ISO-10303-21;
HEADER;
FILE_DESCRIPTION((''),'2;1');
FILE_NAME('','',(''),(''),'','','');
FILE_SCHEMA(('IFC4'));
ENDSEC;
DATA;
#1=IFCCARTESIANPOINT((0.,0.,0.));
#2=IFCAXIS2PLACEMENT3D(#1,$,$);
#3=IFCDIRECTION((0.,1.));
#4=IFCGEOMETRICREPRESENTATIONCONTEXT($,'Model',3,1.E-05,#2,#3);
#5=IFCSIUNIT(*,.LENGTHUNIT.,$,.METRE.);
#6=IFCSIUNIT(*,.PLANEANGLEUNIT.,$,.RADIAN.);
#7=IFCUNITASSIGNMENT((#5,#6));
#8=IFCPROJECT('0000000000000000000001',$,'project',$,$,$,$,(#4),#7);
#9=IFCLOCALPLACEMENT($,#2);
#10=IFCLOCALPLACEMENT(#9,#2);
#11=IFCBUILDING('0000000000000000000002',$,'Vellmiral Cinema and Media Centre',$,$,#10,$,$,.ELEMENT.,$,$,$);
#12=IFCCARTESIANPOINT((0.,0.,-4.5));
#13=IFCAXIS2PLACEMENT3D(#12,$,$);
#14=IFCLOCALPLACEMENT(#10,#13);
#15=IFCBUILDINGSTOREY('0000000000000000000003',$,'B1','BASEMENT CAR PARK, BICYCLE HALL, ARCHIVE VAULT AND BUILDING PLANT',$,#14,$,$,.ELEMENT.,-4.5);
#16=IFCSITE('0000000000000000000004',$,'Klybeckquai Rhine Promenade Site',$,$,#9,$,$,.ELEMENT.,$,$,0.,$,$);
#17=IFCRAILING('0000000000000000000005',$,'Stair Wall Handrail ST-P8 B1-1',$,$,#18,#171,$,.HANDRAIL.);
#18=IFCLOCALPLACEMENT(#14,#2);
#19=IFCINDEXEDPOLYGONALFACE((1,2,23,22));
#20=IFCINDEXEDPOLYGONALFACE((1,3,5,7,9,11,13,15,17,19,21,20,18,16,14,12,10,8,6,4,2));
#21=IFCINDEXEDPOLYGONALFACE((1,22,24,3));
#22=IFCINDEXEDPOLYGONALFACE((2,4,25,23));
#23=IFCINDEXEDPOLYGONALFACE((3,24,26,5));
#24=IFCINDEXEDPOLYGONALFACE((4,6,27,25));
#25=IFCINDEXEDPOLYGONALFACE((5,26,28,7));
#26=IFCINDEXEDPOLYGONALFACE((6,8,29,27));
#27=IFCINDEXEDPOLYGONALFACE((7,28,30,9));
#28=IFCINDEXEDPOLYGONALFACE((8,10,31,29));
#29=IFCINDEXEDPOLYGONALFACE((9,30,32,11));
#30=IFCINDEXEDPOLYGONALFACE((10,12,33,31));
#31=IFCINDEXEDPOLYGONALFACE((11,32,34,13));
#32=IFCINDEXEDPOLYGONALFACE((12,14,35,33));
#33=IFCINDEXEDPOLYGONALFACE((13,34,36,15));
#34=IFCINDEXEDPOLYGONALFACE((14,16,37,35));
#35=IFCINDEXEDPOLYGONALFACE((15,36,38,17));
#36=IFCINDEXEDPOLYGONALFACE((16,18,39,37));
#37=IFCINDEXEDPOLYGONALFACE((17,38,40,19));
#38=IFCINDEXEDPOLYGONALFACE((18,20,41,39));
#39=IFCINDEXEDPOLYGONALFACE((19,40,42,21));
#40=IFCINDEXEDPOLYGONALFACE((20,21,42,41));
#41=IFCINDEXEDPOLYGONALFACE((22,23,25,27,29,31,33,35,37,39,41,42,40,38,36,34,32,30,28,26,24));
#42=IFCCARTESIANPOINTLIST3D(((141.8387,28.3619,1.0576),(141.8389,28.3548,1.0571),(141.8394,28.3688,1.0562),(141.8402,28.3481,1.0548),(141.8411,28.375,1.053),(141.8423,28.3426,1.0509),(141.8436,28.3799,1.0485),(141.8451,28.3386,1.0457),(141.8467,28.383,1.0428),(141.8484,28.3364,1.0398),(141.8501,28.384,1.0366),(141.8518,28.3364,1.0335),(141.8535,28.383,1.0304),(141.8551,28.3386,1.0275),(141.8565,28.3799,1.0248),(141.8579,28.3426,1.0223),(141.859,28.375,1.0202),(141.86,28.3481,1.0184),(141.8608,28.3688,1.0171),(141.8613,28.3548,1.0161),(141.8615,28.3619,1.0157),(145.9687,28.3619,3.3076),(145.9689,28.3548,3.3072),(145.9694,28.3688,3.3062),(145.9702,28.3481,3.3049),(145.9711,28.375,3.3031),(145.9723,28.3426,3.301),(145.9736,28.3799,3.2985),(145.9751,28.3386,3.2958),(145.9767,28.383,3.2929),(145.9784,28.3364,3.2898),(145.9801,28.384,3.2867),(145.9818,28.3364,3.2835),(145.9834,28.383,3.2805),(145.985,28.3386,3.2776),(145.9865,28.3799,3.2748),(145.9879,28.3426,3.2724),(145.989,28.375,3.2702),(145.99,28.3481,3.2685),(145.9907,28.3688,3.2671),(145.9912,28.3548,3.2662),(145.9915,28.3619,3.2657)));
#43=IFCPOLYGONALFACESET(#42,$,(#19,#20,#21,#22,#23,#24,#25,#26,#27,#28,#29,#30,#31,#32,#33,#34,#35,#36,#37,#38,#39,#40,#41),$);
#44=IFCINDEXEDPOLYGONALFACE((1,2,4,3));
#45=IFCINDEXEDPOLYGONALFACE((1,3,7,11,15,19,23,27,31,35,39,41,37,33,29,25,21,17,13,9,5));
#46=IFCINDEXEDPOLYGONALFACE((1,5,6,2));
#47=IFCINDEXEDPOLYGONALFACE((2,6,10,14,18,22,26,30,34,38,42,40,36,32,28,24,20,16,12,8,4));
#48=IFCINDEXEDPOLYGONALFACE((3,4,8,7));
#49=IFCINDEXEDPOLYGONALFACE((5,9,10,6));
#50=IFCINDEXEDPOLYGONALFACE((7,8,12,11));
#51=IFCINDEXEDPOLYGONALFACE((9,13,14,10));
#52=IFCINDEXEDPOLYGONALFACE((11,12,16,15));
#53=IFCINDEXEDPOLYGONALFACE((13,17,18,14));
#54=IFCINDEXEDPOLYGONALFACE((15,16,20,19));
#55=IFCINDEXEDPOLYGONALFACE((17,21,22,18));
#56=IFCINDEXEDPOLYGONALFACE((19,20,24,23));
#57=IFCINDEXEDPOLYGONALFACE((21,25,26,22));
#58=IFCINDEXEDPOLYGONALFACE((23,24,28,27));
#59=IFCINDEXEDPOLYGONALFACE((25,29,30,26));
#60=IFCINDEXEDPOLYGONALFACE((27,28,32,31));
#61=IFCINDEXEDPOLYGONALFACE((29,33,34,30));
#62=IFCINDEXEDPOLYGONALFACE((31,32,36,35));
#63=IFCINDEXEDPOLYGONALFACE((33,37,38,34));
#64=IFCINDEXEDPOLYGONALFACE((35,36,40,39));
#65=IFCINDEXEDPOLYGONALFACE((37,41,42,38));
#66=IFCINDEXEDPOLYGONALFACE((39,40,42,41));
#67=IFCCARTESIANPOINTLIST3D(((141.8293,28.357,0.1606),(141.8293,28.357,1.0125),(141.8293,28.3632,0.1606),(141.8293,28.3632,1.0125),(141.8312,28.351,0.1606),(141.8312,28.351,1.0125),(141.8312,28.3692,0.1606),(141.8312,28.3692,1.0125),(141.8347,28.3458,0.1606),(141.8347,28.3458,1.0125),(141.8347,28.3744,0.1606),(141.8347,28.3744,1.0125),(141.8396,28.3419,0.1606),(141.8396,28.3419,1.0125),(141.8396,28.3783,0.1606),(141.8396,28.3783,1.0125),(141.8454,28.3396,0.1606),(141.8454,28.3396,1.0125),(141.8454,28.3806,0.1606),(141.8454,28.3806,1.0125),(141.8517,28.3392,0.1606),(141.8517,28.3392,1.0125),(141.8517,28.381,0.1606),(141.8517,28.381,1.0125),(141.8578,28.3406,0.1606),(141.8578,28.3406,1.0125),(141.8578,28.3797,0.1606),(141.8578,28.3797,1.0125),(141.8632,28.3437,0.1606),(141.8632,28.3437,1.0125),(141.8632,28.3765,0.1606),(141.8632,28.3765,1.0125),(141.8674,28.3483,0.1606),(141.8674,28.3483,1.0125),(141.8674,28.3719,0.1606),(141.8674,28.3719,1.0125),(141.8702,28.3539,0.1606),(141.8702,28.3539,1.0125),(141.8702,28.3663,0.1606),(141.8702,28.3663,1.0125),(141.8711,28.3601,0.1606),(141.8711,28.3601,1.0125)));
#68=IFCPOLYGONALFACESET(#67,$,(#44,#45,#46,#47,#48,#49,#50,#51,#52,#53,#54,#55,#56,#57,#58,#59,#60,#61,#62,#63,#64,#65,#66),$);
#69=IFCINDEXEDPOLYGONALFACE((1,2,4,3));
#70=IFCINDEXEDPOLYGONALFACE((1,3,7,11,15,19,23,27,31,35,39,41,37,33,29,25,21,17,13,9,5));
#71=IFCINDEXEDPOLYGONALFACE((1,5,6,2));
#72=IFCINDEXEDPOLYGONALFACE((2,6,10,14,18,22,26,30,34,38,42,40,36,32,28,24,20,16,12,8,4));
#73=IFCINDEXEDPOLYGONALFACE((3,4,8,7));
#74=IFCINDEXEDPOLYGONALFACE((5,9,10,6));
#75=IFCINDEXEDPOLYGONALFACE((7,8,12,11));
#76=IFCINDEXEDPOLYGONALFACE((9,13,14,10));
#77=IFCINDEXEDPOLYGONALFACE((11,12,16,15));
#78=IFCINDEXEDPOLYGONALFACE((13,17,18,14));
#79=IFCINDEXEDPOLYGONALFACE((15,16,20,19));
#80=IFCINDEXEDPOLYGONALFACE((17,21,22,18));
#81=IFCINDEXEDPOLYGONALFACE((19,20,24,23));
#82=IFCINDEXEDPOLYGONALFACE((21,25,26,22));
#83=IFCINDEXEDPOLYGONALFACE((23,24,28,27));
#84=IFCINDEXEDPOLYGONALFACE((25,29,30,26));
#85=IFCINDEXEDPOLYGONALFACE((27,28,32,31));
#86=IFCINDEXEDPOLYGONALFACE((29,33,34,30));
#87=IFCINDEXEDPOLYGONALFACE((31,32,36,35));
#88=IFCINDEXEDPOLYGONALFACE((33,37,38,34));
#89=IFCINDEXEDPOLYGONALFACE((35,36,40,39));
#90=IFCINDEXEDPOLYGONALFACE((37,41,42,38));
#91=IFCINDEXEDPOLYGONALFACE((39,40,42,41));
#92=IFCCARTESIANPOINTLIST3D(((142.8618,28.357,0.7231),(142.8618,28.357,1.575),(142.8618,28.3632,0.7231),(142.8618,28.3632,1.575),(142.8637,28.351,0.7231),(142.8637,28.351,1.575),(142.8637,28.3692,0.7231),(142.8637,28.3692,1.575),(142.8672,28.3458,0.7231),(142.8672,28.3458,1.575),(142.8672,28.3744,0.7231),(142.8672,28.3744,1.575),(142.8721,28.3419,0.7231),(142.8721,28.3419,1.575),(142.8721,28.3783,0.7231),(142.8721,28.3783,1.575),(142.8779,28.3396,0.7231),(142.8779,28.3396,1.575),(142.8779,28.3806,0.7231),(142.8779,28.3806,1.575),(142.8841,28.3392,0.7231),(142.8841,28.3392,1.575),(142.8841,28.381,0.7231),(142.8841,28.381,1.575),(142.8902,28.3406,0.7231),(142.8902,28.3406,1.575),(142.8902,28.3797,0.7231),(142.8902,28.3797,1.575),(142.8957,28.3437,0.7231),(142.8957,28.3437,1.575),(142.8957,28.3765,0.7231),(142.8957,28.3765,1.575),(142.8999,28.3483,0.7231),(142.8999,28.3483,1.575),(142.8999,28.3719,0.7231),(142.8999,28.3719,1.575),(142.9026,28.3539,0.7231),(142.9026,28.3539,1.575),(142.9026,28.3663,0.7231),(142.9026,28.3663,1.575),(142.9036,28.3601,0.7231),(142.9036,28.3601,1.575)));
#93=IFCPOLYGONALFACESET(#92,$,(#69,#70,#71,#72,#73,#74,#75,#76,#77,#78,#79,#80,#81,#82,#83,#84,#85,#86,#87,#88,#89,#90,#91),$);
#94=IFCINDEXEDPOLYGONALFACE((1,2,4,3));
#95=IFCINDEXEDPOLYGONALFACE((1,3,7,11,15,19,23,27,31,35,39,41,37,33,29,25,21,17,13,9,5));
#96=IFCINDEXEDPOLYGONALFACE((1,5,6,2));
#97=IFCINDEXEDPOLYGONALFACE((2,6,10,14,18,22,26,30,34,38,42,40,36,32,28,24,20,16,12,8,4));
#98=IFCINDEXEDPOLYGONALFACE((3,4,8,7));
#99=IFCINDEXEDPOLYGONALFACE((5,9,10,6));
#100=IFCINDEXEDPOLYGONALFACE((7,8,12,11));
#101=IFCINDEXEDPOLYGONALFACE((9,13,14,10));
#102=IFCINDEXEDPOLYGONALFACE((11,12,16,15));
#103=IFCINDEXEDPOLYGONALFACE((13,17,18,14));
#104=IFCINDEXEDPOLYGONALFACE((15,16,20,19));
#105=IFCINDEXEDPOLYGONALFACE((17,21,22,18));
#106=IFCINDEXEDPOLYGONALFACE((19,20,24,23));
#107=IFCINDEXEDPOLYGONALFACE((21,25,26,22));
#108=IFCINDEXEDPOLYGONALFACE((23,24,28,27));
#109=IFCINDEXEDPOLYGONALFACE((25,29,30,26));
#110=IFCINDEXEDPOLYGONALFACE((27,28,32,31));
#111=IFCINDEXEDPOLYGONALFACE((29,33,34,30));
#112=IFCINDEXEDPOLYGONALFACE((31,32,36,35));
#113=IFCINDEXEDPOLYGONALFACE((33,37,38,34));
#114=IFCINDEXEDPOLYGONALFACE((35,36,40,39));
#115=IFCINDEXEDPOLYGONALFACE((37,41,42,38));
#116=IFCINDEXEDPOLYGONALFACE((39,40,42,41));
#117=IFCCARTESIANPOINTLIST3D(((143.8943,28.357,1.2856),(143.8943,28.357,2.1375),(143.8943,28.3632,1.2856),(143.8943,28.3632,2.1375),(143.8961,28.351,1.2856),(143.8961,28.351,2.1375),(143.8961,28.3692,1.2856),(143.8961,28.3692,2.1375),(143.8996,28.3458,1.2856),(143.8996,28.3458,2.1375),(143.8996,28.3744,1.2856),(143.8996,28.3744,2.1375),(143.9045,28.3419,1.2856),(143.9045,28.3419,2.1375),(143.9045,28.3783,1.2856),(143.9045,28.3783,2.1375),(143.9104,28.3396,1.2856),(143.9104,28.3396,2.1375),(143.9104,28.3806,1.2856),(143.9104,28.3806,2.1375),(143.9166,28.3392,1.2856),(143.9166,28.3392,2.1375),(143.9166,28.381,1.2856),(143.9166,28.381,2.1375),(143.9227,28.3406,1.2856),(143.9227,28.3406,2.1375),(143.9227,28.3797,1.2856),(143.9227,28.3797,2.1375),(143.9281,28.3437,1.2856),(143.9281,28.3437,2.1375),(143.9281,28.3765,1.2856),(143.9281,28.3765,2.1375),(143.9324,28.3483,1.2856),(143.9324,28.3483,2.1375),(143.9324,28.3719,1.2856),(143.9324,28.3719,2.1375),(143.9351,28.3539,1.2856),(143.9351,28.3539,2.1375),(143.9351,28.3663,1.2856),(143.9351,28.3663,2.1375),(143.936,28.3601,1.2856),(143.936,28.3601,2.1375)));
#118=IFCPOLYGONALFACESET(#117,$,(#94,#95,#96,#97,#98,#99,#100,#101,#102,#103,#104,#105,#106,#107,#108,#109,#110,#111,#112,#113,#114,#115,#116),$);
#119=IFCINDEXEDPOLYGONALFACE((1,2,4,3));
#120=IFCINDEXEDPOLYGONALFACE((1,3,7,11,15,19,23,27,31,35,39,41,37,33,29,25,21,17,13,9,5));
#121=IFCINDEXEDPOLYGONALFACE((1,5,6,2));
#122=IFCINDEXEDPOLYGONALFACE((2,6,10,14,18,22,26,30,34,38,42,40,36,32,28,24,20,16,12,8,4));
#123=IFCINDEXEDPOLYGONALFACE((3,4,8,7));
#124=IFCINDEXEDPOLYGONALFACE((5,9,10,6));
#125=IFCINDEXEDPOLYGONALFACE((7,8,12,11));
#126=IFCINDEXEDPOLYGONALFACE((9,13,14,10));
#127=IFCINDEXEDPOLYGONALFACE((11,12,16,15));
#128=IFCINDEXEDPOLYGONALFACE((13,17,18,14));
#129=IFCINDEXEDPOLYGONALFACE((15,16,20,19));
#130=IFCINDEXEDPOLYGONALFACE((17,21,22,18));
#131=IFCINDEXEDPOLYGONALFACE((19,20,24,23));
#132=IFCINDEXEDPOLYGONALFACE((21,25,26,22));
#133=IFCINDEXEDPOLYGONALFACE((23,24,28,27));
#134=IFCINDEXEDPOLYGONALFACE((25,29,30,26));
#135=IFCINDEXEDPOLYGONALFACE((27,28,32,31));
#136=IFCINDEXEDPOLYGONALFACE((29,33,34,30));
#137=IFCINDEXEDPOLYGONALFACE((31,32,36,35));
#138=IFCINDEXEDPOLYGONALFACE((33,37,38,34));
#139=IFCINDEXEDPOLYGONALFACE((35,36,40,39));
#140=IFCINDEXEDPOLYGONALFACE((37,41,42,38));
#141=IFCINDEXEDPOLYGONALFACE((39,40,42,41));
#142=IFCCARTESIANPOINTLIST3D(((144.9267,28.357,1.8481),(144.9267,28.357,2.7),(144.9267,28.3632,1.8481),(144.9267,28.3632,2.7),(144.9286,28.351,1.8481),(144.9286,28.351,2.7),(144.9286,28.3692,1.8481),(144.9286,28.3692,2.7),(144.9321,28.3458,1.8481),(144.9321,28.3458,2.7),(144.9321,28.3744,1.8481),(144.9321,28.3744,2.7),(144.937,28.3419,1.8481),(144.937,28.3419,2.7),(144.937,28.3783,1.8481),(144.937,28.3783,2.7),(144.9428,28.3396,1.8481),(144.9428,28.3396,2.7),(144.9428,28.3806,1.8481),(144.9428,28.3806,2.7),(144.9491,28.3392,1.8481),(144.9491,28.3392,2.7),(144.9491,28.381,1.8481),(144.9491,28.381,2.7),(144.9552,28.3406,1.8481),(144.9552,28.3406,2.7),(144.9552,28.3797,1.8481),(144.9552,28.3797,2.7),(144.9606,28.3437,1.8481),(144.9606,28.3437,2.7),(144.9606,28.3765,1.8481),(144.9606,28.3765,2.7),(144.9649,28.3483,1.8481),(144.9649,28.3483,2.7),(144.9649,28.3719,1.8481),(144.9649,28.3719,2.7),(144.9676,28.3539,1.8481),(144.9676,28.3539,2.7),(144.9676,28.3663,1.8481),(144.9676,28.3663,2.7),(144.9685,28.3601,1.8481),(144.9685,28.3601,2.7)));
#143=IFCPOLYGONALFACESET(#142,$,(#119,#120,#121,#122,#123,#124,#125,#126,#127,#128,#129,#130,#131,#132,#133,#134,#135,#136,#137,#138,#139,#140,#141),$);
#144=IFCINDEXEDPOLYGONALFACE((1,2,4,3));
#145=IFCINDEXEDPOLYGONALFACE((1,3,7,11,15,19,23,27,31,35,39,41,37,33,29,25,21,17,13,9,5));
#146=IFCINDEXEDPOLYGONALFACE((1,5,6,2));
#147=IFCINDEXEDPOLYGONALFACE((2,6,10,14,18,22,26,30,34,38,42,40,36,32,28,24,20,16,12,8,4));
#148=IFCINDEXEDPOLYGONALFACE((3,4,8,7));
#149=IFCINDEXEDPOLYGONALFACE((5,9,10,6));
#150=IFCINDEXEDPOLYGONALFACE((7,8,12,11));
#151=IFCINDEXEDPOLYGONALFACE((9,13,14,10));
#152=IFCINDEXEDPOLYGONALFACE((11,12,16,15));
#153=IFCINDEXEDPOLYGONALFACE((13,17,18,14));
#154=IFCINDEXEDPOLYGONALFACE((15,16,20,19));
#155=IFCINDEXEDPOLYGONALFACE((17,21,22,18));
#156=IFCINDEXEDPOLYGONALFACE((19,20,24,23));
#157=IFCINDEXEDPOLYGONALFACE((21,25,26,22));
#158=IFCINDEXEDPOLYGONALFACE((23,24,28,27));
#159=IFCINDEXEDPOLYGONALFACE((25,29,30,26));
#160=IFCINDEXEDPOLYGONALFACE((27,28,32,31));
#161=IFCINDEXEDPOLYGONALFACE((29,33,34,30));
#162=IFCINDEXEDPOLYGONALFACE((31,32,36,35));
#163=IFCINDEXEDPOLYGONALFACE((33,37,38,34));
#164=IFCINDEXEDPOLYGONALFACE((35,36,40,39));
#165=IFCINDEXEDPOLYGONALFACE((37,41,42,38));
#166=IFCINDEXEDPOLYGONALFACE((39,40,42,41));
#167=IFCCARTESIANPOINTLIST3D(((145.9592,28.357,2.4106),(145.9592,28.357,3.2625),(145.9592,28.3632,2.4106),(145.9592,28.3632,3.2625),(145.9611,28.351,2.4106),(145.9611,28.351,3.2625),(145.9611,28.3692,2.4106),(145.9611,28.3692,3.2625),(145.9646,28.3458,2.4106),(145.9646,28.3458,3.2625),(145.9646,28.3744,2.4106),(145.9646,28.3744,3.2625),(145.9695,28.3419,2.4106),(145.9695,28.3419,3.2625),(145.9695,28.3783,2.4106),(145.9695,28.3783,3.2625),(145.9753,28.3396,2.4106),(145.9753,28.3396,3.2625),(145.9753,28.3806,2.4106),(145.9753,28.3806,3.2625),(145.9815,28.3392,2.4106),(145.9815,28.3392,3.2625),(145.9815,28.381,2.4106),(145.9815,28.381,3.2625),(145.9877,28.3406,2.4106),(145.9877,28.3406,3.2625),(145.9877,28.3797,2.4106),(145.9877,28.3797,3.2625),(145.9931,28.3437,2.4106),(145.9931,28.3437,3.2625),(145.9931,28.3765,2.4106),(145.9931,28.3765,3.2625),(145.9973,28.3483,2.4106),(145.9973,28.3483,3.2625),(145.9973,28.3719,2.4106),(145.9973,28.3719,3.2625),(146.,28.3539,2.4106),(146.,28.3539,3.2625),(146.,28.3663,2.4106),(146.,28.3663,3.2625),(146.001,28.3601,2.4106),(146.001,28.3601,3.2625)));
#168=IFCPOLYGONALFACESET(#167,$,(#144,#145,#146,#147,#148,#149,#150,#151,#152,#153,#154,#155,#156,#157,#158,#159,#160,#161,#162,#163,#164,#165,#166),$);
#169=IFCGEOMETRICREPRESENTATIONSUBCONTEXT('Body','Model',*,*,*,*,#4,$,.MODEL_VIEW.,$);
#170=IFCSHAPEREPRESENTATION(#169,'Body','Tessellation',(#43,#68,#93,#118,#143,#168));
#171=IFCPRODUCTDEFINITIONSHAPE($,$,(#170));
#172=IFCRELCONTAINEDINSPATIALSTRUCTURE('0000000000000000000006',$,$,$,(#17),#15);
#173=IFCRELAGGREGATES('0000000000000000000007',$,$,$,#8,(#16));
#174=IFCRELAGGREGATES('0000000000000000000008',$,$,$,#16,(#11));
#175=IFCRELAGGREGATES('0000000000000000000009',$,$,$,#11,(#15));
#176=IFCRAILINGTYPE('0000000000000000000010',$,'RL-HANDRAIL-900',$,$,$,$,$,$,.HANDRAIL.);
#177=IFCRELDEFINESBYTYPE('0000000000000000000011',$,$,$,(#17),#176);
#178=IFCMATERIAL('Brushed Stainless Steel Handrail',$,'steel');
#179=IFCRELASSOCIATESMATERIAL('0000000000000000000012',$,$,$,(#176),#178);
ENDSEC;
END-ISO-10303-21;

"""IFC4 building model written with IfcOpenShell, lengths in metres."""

from ifc_helpers import new_model, si_unit, direction, frame, origin, origin_2d, place, context, subcontext, project, spatial, circle, extrude, material, type_object, element, save


model = new_model("IFC4")

# Units and contexts
model_context = context("Model", 3, precision=1e-05, world=origin(), true_north=direction((0.0, 1.0)))
body_context = subcontext(model_context, "Body", "Model", "MODEL_VIEW")
ifc_project = project(units=[si_unit("LENGTHUNIT", "METRE"), si_unit("PLANEANGLEUNIT", "RADIAN")], contexts=[model_context])

# Site, building, storey
site_placement = place(None, origin())
site = spatial("IfcSite", under=ifc_project, at=site_placement, Name="Klybeckquai Rhine Promenade Site", CompositionType="ELEMENT", RefElevation=0.0)
building_placement = place(site_placement, origin())
building = spatial("IfcBuilding", under=site, at=building_placement, Name="Vellmiral Cinema and Media Centre", CompositionType="ELEMENT")
storey_placement = place(building_placement, frame((0.0, 0.0, -4.5)))
storey = spatial("IfcBuildingStorey", under=building, at=storey_placement, Name="B1", Description="BASEMENT CAR PARK, BICYCLE HALL, ARCHIVE VAULT AND BUILDING PLANT", CompositionType="ELEMENT", Elevation=-4.5)

# Railing
ifc_material_1 = material(Name="Brushed Stainless Steel Handrail", Category="steel")
railing_type_1 = type_object("IfcRailingType", Name="RL-HANDRAIL-900", PredefinedType="HANDRAIL", material=ifc_material_1)
railing_1_placement = place(storey_placement, frame((141.8501, 28.3601, 0.1606)))
element("IfcRailing", 1, at=railing_1_placement, inside=storey, type_object=railing_type_1, Name="Stair Wall Handrail ST-P8 B1-1", PredefinedType="HANDRAIL", context=body_context, shape_type="SweptSolid", body=[
    extrude(circle(Radius=0.0239, at=origin_2d()), frame((0.0, 0.0, 0.876), z_axis=(0.878134, 0.0, 0.478416), x_axis=(0.0, 1.0, 0.0)), (0.0, 0.0, 1.0), 4.7031),
    extrude(circle(Radius=0.021, at=origin_2d()), origin(), (0.0, 0.0, 1.0), 0.8518),
    extrude(circle(Radius=0.021, at=origin_2d()), frame((1.0325, 0.0, 0.5625)), (0.0, 0.0, 1.0), 0.8518),
    extrude(circle(Radius=0.021, at=origin_2d()), frame((2.0649, 0.0, 1.125)), (0.0, 0.0, 1.0), 0.8518),
    extrude(circle(Radius=0.021, at=origin_2d()), frame((3.0974, 0.0, 1.6875)), (0.0, 0.0, 1.0), 0.8518),
    extrude(circle(Radius=0.021, at=origin_2d()), frame((4.1299, 0.0, 2.25)), (0.0, 0.0, 1.0), 0.8518),
])

save(model, "model.ifc")
